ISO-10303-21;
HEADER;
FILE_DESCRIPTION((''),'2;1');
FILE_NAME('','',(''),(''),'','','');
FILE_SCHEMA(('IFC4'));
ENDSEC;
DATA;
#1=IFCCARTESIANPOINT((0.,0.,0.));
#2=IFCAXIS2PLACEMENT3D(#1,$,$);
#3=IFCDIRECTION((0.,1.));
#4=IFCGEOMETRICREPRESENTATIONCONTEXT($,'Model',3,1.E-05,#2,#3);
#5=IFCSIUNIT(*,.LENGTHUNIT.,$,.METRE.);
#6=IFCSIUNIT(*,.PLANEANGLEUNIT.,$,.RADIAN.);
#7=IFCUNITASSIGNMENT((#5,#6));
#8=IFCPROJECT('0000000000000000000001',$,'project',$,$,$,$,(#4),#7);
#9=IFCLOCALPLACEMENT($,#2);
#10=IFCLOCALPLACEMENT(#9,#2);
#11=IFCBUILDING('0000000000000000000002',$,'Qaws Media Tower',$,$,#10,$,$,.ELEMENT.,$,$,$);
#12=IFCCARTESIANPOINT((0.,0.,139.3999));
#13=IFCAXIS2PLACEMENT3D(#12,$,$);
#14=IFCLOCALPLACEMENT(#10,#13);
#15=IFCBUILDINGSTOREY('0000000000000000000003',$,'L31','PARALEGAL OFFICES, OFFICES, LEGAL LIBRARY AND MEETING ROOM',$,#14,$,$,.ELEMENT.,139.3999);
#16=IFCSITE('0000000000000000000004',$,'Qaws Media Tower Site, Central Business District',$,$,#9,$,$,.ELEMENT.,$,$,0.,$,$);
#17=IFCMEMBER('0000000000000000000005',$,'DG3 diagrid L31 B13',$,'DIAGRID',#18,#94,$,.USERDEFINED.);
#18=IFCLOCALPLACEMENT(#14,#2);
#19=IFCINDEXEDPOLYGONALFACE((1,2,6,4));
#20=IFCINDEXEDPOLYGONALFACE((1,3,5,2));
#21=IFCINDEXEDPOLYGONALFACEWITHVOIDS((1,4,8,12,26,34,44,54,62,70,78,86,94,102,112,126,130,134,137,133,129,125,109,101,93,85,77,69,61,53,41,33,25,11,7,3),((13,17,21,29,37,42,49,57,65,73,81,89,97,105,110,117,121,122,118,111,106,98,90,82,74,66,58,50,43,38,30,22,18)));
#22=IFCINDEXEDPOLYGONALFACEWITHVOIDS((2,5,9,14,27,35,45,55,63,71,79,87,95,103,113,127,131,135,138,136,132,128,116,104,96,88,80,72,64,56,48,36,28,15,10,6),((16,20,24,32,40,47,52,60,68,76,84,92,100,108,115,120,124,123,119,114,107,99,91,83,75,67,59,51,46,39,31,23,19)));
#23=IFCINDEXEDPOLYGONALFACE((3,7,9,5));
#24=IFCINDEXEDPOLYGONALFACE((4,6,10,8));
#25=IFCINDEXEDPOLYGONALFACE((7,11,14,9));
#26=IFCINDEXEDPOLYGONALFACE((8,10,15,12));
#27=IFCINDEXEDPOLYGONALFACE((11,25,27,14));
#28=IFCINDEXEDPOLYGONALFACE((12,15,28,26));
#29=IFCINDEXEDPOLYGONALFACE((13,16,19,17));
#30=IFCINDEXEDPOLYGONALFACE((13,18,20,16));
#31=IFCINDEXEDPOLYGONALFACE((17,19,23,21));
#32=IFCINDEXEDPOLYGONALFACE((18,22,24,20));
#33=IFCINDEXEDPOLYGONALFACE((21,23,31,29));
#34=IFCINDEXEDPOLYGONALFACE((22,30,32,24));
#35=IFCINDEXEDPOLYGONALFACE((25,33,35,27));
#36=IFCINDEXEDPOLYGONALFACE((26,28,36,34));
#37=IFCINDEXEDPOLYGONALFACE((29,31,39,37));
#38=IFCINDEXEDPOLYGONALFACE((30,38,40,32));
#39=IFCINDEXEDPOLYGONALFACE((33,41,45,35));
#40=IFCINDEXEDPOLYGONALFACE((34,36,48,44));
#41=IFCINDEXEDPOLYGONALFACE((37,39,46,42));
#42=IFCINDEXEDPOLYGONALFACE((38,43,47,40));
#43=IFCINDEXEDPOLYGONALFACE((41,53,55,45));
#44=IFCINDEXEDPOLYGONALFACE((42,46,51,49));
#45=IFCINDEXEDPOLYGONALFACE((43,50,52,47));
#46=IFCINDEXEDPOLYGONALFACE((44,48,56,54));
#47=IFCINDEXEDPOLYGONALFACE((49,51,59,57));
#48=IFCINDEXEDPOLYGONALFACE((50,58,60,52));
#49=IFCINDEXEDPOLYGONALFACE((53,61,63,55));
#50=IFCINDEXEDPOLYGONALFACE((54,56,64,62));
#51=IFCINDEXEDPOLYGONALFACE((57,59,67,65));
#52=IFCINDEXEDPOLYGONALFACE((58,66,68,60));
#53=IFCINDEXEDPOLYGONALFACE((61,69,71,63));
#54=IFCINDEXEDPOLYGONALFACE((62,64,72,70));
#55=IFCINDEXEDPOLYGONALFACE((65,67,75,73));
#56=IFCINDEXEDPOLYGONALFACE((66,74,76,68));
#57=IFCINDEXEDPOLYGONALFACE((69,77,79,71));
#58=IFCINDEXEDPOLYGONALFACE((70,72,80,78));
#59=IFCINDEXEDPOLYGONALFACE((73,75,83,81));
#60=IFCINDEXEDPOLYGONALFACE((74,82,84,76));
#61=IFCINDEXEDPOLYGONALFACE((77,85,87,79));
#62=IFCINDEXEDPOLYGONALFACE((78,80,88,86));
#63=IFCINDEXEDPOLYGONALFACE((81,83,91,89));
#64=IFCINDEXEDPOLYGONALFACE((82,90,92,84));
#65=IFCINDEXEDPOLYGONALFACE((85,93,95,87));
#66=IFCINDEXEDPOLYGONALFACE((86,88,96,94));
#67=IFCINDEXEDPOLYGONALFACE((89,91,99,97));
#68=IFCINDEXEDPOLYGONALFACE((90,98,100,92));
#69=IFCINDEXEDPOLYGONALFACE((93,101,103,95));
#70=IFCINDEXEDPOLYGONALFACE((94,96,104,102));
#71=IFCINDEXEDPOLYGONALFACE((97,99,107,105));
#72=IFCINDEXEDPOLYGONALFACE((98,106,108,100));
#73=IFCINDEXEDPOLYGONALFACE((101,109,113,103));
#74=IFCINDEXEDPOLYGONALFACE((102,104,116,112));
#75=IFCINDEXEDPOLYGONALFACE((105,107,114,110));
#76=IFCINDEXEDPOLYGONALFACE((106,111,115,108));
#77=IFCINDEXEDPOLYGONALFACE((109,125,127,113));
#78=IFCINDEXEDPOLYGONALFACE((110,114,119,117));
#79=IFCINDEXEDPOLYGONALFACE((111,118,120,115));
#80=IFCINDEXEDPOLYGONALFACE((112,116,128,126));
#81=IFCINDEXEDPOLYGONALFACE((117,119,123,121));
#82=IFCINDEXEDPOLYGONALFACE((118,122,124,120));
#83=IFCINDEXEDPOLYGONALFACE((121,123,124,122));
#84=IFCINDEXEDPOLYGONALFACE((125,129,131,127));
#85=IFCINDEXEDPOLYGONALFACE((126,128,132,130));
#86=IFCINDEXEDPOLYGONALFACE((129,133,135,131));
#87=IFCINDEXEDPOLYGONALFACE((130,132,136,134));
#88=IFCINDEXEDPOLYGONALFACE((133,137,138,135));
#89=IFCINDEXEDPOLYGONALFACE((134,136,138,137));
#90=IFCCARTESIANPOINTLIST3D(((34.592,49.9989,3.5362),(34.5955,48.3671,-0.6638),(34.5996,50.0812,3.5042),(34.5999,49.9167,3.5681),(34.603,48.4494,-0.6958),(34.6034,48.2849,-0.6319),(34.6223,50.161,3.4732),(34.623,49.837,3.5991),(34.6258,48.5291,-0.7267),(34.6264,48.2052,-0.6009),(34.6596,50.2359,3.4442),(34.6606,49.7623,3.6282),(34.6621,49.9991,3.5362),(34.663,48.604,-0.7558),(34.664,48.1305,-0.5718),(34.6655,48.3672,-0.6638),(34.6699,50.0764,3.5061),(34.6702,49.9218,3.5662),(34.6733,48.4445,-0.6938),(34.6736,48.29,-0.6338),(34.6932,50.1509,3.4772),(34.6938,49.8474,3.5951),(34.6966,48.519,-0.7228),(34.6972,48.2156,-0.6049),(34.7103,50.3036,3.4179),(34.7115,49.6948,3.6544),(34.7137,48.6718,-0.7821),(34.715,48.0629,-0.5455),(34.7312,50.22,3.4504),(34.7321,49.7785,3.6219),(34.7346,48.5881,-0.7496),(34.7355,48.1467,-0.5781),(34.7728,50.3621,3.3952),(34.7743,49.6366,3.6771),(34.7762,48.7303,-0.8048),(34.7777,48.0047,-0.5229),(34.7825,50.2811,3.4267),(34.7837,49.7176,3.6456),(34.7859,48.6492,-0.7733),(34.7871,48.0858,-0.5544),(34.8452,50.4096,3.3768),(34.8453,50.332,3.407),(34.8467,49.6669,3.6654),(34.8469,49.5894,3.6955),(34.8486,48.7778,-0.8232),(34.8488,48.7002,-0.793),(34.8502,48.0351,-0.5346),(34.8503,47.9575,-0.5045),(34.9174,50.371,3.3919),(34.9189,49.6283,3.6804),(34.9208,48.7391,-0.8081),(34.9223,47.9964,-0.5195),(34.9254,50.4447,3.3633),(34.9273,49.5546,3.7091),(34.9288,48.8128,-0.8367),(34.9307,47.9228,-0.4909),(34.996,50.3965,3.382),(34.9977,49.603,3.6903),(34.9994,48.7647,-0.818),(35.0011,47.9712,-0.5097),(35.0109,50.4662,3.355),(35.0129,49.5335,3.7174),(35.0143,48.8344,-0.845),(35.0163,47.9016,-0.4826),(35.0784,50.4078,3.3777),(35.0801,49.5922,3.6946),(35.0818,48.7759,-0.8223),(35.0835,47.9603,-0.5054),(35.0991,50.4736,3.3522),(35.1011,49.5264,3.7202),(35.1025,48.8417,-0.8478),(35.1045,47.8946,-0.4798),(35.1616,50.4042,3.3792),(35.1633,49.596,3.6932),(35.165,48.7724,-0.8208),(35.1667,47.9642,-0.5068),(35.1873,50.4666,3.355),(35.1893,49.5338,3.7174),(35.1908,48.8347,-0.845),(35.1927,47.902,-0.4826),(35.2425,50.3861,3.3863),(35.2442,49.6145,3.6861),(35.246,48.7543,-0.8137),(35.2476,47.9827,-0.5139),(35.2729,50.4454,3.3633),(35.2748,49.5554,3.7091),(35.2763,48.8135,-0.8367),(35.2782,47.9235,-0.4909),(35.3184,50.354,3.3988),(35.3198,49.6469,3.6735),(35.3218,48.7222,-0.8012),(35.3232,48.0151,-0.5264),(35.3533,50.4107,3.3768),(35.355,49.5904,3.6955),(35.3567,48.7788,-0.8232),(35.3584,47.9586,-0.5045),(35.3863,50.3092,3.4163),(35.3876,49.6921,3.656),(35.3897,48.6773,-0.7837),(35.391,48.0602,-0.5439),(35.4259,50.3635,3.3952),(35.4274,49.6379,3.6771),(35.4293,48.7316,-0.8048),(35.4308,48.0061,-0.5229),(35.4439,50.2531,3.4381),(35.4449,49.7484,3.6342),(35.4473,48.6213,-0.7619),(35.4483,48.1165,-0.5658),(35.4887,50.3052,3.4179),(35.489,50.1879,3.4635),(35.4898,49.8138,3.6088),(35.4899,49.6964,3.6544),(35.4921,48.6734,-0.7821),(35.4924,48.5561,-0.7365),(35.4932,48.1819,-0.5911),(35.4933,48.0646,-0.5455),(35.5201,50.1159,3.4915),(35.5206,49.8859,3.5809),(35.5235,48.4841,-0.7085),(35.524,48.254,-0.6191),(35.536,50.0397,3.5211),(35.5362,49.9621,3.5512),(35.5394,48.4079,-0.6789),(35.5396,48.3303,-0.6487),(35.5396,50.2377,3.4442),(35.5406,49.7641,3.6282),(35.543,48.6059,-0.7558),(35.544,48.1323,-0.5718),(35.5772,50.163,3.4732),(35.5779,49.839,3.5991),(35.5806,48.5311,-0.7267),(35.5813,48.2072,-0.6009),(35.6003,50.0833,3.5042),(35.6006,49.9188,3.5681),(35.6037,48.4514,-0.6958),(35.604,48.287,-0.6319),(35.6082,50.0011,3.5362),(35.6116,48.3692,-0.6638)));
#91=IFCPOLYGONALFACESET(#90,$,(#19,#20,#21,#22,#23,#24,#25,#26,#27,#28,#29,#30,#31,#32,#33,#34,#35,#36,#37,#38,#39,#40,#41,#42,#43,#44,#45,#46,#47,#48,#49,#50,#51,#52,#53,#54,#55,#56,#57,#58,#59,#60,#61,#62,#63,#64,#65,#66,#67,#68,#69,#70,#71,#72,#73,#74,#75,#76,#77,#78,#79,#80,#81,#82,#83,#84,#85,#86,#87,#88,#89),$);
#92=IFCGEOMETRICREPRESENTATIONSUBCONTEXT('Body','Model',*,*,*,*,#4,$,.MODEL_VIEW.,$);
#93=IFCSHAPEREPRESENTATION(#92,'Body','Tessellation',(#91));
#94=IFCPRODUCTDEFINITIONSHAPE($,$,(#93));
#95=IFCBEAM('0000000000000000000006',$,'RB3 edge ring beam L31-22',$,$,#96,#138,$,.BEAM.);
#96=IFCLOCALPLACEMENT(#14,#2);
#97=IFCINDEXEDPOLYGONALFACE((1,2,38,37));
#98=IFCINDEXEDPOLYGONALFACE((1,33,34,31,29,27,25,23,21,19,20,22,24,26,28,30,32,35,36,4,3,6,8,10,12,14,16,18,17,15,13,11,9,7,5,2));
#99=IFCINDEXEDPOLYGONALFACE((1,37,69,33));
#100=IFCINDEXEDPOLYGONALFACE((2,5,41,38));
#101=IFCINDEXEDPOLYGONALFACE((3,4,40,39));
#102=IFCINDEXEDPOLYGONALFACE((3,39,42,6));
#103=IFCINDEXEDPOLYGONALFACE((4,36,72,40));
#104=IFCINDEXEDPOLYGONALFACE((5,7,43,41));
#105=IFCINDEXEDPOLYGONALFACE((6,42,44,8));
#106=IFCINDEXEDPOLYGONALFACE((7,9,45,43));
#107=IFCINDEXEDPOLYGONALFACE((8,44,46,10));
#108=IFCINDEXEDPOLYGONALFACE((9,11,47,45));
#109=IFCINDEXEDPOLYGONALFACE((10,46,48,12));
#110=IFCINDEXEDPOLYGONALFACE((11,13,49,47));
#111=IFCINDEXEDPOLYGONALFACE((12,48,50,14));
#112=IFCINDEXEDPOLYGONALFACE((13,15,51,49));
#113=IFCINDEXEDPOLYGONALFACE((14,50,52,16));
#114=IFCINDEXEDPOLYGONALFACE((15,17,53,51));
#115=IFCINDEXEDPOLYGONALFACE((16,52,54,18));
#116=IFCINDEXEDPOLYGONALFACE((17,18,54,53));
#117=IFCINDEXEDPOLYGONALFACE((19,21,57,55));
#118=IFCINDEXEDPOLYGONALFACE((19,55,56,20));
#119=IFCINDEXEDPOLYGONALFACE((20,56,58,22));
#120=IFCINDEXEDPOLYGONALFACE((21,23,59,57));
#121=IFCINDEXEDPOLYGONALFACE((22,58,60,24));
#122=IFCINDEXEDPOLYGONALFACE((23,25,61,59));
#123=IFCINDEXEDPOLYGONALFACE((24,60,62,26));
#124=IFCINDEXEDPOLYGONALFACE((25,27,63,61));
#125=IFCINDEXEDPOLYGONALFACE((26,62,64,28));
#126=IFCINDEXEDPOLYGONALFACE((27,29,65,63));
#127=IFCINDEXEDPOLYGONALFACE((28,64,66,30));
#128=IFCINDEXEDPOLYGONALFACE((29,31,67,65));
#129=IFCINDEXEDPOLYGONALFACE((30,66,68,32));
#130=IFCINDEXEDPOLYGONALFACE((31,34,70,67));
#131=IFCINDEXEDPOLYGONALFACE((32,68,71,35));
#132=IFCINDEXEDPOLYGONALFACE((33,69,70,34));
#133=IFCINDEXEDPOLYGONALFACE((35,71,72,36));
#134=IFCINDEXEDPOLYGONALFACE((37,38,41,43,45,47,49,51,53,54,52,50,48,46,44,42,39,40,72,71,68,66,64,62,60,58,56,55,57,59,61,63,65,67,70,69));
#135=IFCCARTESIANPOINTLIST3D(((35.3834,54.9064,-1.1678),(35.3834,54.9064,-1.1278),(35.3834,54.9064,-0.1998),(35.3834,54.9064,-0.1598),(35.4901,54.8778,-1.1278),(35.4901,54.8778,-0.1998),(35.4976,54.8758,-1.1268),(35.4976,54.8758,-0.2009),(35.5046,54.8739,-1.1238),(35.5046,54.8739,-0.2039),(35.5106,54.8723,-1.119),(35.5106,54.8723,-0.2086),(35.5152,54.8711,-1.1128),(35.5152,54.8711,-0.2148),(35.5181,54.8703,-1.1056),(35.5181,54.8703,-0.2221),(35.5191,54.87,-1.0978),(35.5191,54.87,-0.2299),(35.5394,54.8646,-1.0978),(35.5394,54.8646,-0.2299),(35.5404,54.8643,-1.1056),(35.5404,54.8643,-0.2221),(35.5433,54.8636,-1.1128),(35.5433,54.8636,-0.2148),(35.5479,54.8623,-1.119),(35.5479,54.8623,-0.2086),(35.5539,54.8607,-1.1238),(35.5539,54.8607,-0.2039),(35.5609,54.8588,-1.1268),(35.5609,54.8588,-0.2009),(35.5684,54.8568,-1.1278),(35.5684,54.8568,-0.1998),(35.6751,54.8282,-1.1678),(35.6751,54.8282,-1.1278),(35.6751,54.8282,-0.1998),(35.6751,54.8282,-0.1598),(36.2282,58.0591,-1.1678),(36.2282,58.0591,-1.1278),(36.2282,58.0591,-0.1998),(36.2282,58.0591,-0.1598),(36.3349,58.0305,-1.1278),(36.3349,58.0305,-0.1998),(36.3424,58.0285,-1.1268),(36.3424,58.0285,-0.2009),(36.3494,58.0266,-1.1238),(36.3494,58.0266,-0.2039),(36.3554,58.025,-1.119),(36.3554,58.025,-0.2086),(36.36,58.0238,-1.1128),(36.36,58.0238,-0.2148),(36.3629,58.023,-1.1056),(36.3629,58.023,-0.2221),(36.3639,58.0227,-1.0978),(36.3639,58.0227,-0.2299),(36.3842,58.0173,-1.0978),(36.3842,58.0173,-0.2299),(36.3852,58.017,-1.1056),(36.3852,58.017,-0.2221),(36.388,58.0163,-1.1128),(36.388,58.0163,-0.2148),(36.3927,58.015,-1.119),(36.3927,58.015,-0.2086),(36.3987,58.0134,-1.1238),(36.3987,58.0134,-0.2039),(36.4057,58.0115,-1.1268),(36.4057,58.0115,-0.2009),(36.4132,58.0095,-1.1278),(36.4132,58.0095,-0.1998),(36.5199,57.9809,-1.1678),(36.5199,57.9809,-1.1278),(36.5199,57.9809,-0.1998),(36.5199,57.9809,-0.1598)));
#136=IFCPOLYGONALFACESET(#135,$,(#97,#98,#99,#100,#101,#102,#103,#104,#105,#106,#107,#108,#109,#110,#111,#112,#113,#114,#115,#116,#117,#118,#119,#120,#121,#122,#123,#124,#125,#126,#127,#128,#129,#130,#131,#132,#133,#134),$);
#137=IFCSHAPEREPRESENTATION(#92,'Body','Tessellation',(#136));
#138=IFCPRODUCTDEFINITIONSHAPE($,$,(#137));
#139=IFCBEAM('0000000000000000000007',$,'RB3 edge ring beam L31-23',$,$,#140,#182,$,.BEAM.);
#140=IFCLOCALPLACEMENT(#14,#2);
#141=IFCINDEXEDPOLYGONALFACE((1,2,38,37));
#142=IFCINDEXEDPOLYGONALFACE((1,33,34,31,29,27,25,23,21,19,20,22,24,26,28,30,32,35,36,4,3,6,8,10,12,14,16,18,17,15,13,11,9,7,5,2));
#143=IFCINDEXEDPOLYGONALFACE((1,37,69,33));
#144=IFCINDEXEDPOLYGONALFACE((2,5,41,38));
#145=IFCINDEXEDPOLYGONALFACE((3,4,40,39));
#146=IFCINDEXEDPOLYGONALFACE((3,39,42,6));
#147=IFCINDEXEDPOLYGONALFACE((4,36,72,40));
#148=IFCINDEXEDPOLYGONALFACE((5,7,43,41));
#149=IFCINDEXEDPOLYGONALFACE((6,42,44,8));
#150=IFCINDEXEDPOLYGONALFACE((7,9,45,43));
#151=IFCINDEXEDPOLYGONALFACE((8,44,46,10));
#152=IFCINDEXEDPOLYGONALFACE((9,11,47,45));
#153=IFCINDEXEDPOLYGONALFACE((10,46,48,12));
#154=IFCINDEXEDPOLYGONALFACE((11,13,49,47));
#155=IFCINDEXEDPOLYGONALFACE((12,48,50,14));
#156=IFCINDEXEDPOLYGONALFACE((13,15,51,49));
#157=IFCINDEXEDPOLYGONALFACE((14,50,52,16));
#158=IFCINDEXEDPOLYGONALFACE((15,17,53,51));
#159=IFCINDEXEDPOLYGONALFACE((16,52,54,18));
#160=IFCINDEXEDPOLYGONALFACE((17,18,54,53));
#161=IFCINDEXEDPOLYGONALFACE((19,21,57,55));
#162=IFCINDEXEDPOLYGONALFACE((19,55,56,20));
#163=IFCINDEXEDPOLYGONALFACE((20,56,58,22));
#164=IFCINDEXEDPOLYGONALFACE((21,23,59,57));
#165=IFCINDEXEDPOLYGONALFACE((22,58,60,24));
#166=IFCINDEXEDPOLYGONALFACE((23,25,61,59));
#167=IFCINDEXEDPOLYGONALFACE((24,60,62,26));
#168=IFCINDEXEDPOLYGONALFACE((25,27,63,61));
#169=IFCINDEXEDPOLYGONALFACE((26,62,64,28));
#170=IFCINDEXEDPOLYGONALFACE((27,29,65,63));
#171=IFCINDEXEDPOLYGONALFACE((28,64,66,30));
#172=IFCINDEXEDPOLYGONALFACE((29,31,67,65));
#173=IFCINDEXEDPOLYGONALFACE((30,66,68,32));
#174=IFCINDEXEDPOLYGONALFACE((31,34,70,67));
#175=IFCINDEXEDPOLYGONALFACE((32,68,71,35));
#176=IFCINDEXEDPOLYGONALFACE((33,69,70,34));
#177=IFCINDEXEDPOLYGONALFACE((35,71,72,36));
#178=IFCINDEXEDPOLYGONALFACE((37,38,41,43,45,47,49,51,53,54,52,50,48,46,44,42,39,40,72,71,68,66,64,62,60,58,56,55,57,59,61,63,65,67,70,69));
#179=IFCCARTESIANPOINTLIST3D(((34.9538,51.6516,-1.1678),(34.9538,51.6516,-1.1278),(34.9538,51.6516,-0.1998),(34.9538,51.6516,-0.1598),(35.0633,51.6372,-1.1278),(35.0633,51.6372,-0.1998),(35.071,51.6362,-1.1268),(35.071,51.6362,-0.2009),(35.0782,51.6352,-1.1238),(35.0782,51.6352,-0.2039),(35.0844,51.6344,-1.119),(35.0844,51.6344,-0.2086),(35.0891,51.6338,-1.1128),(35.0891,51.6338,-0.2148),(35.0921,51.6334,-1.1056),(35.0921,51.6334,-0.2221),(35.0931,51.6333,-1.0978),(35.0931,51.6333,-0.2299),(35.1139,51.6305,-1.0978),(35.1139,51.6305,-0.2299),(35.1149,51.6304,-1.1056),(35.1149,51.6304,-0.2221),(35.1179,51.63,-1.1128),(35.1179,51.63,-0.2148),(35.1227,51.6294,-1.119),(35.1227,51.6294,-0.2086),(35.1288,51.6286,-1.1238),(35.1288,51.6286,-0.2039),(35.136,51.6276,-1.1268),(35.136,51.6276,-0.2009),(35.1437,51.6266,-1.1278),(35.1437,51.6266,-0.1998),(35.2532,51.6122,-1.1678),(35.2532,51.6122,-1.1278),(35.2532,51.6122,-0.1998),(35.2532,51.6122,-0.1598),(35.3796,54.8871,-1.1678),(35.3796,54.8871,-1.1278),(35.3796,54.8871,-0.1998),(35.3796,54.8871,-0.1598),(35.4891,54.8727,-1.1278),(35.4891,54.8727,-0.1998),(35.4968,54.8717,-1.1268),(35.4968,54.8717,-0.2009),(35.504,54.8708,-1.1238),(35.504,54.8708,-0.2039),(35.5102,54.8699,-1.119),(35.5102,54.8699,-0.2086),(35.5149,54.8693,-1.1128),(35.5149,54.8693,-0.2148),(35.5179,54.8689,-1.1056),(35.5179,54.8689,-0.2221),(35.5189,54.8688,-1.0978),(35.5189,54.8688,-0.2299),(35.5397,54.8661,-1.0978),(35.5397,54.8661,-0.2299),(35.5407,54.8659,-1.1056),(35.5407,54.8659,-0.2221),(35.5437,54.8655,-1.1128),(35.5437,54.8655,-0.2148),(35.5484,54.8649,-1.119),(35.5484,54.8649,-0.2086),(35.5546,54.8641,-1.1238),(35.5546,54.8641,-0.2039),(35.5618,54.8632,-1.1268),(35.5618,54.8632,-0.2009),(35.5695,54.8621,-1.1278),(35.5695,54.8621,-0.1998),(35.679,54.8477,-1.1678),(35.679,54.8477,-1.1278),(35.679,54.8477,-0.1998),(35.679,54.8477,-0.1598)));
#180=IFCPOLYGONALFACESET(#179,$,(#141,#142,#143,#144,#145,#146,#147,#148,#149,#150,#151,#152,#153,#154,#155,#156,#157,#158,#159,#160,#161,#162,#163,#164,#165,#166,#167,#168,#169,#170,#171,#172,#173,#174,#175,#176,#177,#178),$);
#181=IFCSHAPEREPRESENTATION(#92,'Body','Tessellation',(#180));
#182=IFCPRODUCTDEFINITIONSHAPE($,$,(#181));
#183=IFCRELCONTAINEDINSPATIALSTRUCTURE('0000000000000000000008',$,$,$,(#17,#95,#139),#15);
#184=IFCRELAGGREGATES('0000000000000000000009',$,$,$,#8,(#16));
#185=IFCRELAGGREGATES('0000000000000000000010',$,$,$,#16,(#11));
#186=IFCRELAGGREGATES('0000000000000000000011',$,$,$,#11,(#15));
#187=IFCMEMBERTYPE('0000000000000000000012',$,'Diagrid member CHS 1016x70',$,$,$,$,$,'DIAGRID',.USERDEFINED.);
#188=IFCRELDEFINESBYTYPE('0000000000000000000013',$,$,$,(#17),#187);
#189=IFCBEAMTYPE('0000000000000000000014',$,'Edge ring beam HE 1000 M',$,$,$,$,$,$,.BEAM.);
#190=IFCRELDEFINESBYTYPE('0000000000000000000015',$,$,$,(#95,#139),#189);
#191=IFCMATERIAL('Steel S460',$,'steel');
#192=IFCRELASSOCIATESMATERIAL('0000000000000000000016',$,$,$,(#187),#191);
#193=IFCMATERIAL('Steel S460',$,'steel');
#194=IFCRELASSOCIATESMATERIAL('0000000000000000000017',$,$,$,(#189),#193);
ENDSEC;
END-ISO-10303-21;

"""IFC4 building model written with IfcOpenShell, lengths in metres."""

from ifc_helpers import new_model, si_unit, direction, frame, origin, origin_2d, place, context, subcontext, project, spatial, hollow_circle, i_section, extrude, material, material_profile, profile_set, type_object, element, save


model = new_model("IFC4")

# Units and contexts
model_context = context("Model", 3, precision=1e-05, world=origin(), true_north=direction((0.0, 1.0)))
body_context = subcontext(model_context, "Body", "Model", "MODEL_VIEW")
ifc_project = project(units=[si_unit("LENGTHUNIT", "METRE"), si_unit("PLANEANGLEUNIT", "RADIAN")], contexts=[model_context])

# Site, building, storey
site_placement = place(None, origin())
site = spatial("IfcSite", under=ifc_project, at=site_placement, Name="Qaws Media Tower Site, Central Business District", CompositionType="ELEMENT", RefElevation=0.0)
building_placement = place(site_placement, origin())
building = spatial("IfcBuilding", under=site, at=building_placement, Name="Qaws Media Tower", CompositionType="ELEMENT")
storey_placement = place(building_placement, frame((0.0, 0.0, 139.3999)))
storey = spatial("IfcBuildingStorey", under=building, at=storey_placement, Name="L31", Description="PARALEGAL OFFICES, OFFICES, LEGAL LIBRARY AND MEETING ROOM", CompositionType="ELEMENT", Elevation=139.3999)

# Member
ifc_material_1 = material(Name="Steel S460", Category="steel")
ifc_material_profile_1 = material_profile(ifc_material_1, hollow_circle(Radius=0.5081, WallThickness=0.0701, at=origin_2d()), Name="CHS 1016x70")
ifc_profile_set_1 = profile_set([ifc_material_profile_1], Name="Steel S460")
member_type_1 = type_object("IfcMemberType", Name="Diagrid member CHS 1016x70", ElementType="DIAGRID", PredefinedType="USERDEFINED", material=ifc_profile_set_1)
for number, where, z_axis, x_axis, name in (
    (1, (35.1035, 48.3682, -0.6638), (-0.000759, 0.362161, 0.932115), (-0.999998, -0.002095, 0.0), "DG3 diagrid L31 B13"),
):
    element("IfcMember", number, at=place(storey_placement, frame(where, z_axis=z_axis, x_axis=x_axis)), inside=storey, type_object=member_type_1, Name=name, ObjectType="DIAGRID", PredefinedType="USERDEFINED", context=body_context, shape_type="SweptSolid", body=[
        extrude(hollow_circle(Radius=0.5081, WallThickness=0.0701, at=origin_2d()), origin(), (0.0, 0.0, 1.0), 4.5059),
    ])

# Beams
ifc_material_2 = material(Name="Steel S460", Category="steel")
ifc_material_profile_2 = material_profile(ifc_material_2, i_section(OverallWidth=0.302, OverallDepth=1.0081, WebThickness=0.021, FlangeThickness=0.04, FilletRadius=0.03, at=origin_2d()), Name="HE 1000 M")
ifc_profile_set_2 = profile_set([ifc_material_profile_2], Name="Steel S460")
beam_type = type_object("IfcBeamType", Name="Edge ring beam HE 1000 M", PredefinedType="BEAM", material=ifc_profile_set_2)
beam_1_placement = place(storey_placement, frame((36.374, 58.02, -0.6638), z_axis=(-0.258817, -0.965926, 0.0), x_axis=(0.965926, -0.258817, 0.0)))
element("IfcBeam", 2, at=beam_1_placement, inside=storey, type_object=beam_type, Name="RB3 edge ring beam L31-22", PredefinedType="BEAM", context=body_context, shape_type="SweptSolid", body=[
    extrude(i_section(OverallWidth=0.302, OverallDepth=1.0081, WebThickness=0.021, FlangeThickness=0.04, FilletRadius=0.03, at=origin_2d()), origin(), (0.0, 0.0, 1.0), 3.2639),
])
beam_2_placement = place(storey_placement, frame((35.5293, 54.8674, -0.6638), z_axis=(-0.130468, -0.991453, 0.0), x_axis=(0.991453, -0.130468, 0.0)))
element("IfcBeam", 3, at=beam_2_placement, inside=storey, type_object=beam_type, Name="RB3 edge ring beam L31-23", PredefinedType="BEAM", context=body_context, shape_type="SweptSolid", body=[
    extrude(i_section(OverallWidth=0.302, OverallDepth=1.0081, WebThickness=0.021, FlangeThickness=0.04, FilletRadius=0.03, at=origin_2d()), origin(), (0.0, 0.0, 1.0), 3.2634),
])

save(model, "model.ifc")
